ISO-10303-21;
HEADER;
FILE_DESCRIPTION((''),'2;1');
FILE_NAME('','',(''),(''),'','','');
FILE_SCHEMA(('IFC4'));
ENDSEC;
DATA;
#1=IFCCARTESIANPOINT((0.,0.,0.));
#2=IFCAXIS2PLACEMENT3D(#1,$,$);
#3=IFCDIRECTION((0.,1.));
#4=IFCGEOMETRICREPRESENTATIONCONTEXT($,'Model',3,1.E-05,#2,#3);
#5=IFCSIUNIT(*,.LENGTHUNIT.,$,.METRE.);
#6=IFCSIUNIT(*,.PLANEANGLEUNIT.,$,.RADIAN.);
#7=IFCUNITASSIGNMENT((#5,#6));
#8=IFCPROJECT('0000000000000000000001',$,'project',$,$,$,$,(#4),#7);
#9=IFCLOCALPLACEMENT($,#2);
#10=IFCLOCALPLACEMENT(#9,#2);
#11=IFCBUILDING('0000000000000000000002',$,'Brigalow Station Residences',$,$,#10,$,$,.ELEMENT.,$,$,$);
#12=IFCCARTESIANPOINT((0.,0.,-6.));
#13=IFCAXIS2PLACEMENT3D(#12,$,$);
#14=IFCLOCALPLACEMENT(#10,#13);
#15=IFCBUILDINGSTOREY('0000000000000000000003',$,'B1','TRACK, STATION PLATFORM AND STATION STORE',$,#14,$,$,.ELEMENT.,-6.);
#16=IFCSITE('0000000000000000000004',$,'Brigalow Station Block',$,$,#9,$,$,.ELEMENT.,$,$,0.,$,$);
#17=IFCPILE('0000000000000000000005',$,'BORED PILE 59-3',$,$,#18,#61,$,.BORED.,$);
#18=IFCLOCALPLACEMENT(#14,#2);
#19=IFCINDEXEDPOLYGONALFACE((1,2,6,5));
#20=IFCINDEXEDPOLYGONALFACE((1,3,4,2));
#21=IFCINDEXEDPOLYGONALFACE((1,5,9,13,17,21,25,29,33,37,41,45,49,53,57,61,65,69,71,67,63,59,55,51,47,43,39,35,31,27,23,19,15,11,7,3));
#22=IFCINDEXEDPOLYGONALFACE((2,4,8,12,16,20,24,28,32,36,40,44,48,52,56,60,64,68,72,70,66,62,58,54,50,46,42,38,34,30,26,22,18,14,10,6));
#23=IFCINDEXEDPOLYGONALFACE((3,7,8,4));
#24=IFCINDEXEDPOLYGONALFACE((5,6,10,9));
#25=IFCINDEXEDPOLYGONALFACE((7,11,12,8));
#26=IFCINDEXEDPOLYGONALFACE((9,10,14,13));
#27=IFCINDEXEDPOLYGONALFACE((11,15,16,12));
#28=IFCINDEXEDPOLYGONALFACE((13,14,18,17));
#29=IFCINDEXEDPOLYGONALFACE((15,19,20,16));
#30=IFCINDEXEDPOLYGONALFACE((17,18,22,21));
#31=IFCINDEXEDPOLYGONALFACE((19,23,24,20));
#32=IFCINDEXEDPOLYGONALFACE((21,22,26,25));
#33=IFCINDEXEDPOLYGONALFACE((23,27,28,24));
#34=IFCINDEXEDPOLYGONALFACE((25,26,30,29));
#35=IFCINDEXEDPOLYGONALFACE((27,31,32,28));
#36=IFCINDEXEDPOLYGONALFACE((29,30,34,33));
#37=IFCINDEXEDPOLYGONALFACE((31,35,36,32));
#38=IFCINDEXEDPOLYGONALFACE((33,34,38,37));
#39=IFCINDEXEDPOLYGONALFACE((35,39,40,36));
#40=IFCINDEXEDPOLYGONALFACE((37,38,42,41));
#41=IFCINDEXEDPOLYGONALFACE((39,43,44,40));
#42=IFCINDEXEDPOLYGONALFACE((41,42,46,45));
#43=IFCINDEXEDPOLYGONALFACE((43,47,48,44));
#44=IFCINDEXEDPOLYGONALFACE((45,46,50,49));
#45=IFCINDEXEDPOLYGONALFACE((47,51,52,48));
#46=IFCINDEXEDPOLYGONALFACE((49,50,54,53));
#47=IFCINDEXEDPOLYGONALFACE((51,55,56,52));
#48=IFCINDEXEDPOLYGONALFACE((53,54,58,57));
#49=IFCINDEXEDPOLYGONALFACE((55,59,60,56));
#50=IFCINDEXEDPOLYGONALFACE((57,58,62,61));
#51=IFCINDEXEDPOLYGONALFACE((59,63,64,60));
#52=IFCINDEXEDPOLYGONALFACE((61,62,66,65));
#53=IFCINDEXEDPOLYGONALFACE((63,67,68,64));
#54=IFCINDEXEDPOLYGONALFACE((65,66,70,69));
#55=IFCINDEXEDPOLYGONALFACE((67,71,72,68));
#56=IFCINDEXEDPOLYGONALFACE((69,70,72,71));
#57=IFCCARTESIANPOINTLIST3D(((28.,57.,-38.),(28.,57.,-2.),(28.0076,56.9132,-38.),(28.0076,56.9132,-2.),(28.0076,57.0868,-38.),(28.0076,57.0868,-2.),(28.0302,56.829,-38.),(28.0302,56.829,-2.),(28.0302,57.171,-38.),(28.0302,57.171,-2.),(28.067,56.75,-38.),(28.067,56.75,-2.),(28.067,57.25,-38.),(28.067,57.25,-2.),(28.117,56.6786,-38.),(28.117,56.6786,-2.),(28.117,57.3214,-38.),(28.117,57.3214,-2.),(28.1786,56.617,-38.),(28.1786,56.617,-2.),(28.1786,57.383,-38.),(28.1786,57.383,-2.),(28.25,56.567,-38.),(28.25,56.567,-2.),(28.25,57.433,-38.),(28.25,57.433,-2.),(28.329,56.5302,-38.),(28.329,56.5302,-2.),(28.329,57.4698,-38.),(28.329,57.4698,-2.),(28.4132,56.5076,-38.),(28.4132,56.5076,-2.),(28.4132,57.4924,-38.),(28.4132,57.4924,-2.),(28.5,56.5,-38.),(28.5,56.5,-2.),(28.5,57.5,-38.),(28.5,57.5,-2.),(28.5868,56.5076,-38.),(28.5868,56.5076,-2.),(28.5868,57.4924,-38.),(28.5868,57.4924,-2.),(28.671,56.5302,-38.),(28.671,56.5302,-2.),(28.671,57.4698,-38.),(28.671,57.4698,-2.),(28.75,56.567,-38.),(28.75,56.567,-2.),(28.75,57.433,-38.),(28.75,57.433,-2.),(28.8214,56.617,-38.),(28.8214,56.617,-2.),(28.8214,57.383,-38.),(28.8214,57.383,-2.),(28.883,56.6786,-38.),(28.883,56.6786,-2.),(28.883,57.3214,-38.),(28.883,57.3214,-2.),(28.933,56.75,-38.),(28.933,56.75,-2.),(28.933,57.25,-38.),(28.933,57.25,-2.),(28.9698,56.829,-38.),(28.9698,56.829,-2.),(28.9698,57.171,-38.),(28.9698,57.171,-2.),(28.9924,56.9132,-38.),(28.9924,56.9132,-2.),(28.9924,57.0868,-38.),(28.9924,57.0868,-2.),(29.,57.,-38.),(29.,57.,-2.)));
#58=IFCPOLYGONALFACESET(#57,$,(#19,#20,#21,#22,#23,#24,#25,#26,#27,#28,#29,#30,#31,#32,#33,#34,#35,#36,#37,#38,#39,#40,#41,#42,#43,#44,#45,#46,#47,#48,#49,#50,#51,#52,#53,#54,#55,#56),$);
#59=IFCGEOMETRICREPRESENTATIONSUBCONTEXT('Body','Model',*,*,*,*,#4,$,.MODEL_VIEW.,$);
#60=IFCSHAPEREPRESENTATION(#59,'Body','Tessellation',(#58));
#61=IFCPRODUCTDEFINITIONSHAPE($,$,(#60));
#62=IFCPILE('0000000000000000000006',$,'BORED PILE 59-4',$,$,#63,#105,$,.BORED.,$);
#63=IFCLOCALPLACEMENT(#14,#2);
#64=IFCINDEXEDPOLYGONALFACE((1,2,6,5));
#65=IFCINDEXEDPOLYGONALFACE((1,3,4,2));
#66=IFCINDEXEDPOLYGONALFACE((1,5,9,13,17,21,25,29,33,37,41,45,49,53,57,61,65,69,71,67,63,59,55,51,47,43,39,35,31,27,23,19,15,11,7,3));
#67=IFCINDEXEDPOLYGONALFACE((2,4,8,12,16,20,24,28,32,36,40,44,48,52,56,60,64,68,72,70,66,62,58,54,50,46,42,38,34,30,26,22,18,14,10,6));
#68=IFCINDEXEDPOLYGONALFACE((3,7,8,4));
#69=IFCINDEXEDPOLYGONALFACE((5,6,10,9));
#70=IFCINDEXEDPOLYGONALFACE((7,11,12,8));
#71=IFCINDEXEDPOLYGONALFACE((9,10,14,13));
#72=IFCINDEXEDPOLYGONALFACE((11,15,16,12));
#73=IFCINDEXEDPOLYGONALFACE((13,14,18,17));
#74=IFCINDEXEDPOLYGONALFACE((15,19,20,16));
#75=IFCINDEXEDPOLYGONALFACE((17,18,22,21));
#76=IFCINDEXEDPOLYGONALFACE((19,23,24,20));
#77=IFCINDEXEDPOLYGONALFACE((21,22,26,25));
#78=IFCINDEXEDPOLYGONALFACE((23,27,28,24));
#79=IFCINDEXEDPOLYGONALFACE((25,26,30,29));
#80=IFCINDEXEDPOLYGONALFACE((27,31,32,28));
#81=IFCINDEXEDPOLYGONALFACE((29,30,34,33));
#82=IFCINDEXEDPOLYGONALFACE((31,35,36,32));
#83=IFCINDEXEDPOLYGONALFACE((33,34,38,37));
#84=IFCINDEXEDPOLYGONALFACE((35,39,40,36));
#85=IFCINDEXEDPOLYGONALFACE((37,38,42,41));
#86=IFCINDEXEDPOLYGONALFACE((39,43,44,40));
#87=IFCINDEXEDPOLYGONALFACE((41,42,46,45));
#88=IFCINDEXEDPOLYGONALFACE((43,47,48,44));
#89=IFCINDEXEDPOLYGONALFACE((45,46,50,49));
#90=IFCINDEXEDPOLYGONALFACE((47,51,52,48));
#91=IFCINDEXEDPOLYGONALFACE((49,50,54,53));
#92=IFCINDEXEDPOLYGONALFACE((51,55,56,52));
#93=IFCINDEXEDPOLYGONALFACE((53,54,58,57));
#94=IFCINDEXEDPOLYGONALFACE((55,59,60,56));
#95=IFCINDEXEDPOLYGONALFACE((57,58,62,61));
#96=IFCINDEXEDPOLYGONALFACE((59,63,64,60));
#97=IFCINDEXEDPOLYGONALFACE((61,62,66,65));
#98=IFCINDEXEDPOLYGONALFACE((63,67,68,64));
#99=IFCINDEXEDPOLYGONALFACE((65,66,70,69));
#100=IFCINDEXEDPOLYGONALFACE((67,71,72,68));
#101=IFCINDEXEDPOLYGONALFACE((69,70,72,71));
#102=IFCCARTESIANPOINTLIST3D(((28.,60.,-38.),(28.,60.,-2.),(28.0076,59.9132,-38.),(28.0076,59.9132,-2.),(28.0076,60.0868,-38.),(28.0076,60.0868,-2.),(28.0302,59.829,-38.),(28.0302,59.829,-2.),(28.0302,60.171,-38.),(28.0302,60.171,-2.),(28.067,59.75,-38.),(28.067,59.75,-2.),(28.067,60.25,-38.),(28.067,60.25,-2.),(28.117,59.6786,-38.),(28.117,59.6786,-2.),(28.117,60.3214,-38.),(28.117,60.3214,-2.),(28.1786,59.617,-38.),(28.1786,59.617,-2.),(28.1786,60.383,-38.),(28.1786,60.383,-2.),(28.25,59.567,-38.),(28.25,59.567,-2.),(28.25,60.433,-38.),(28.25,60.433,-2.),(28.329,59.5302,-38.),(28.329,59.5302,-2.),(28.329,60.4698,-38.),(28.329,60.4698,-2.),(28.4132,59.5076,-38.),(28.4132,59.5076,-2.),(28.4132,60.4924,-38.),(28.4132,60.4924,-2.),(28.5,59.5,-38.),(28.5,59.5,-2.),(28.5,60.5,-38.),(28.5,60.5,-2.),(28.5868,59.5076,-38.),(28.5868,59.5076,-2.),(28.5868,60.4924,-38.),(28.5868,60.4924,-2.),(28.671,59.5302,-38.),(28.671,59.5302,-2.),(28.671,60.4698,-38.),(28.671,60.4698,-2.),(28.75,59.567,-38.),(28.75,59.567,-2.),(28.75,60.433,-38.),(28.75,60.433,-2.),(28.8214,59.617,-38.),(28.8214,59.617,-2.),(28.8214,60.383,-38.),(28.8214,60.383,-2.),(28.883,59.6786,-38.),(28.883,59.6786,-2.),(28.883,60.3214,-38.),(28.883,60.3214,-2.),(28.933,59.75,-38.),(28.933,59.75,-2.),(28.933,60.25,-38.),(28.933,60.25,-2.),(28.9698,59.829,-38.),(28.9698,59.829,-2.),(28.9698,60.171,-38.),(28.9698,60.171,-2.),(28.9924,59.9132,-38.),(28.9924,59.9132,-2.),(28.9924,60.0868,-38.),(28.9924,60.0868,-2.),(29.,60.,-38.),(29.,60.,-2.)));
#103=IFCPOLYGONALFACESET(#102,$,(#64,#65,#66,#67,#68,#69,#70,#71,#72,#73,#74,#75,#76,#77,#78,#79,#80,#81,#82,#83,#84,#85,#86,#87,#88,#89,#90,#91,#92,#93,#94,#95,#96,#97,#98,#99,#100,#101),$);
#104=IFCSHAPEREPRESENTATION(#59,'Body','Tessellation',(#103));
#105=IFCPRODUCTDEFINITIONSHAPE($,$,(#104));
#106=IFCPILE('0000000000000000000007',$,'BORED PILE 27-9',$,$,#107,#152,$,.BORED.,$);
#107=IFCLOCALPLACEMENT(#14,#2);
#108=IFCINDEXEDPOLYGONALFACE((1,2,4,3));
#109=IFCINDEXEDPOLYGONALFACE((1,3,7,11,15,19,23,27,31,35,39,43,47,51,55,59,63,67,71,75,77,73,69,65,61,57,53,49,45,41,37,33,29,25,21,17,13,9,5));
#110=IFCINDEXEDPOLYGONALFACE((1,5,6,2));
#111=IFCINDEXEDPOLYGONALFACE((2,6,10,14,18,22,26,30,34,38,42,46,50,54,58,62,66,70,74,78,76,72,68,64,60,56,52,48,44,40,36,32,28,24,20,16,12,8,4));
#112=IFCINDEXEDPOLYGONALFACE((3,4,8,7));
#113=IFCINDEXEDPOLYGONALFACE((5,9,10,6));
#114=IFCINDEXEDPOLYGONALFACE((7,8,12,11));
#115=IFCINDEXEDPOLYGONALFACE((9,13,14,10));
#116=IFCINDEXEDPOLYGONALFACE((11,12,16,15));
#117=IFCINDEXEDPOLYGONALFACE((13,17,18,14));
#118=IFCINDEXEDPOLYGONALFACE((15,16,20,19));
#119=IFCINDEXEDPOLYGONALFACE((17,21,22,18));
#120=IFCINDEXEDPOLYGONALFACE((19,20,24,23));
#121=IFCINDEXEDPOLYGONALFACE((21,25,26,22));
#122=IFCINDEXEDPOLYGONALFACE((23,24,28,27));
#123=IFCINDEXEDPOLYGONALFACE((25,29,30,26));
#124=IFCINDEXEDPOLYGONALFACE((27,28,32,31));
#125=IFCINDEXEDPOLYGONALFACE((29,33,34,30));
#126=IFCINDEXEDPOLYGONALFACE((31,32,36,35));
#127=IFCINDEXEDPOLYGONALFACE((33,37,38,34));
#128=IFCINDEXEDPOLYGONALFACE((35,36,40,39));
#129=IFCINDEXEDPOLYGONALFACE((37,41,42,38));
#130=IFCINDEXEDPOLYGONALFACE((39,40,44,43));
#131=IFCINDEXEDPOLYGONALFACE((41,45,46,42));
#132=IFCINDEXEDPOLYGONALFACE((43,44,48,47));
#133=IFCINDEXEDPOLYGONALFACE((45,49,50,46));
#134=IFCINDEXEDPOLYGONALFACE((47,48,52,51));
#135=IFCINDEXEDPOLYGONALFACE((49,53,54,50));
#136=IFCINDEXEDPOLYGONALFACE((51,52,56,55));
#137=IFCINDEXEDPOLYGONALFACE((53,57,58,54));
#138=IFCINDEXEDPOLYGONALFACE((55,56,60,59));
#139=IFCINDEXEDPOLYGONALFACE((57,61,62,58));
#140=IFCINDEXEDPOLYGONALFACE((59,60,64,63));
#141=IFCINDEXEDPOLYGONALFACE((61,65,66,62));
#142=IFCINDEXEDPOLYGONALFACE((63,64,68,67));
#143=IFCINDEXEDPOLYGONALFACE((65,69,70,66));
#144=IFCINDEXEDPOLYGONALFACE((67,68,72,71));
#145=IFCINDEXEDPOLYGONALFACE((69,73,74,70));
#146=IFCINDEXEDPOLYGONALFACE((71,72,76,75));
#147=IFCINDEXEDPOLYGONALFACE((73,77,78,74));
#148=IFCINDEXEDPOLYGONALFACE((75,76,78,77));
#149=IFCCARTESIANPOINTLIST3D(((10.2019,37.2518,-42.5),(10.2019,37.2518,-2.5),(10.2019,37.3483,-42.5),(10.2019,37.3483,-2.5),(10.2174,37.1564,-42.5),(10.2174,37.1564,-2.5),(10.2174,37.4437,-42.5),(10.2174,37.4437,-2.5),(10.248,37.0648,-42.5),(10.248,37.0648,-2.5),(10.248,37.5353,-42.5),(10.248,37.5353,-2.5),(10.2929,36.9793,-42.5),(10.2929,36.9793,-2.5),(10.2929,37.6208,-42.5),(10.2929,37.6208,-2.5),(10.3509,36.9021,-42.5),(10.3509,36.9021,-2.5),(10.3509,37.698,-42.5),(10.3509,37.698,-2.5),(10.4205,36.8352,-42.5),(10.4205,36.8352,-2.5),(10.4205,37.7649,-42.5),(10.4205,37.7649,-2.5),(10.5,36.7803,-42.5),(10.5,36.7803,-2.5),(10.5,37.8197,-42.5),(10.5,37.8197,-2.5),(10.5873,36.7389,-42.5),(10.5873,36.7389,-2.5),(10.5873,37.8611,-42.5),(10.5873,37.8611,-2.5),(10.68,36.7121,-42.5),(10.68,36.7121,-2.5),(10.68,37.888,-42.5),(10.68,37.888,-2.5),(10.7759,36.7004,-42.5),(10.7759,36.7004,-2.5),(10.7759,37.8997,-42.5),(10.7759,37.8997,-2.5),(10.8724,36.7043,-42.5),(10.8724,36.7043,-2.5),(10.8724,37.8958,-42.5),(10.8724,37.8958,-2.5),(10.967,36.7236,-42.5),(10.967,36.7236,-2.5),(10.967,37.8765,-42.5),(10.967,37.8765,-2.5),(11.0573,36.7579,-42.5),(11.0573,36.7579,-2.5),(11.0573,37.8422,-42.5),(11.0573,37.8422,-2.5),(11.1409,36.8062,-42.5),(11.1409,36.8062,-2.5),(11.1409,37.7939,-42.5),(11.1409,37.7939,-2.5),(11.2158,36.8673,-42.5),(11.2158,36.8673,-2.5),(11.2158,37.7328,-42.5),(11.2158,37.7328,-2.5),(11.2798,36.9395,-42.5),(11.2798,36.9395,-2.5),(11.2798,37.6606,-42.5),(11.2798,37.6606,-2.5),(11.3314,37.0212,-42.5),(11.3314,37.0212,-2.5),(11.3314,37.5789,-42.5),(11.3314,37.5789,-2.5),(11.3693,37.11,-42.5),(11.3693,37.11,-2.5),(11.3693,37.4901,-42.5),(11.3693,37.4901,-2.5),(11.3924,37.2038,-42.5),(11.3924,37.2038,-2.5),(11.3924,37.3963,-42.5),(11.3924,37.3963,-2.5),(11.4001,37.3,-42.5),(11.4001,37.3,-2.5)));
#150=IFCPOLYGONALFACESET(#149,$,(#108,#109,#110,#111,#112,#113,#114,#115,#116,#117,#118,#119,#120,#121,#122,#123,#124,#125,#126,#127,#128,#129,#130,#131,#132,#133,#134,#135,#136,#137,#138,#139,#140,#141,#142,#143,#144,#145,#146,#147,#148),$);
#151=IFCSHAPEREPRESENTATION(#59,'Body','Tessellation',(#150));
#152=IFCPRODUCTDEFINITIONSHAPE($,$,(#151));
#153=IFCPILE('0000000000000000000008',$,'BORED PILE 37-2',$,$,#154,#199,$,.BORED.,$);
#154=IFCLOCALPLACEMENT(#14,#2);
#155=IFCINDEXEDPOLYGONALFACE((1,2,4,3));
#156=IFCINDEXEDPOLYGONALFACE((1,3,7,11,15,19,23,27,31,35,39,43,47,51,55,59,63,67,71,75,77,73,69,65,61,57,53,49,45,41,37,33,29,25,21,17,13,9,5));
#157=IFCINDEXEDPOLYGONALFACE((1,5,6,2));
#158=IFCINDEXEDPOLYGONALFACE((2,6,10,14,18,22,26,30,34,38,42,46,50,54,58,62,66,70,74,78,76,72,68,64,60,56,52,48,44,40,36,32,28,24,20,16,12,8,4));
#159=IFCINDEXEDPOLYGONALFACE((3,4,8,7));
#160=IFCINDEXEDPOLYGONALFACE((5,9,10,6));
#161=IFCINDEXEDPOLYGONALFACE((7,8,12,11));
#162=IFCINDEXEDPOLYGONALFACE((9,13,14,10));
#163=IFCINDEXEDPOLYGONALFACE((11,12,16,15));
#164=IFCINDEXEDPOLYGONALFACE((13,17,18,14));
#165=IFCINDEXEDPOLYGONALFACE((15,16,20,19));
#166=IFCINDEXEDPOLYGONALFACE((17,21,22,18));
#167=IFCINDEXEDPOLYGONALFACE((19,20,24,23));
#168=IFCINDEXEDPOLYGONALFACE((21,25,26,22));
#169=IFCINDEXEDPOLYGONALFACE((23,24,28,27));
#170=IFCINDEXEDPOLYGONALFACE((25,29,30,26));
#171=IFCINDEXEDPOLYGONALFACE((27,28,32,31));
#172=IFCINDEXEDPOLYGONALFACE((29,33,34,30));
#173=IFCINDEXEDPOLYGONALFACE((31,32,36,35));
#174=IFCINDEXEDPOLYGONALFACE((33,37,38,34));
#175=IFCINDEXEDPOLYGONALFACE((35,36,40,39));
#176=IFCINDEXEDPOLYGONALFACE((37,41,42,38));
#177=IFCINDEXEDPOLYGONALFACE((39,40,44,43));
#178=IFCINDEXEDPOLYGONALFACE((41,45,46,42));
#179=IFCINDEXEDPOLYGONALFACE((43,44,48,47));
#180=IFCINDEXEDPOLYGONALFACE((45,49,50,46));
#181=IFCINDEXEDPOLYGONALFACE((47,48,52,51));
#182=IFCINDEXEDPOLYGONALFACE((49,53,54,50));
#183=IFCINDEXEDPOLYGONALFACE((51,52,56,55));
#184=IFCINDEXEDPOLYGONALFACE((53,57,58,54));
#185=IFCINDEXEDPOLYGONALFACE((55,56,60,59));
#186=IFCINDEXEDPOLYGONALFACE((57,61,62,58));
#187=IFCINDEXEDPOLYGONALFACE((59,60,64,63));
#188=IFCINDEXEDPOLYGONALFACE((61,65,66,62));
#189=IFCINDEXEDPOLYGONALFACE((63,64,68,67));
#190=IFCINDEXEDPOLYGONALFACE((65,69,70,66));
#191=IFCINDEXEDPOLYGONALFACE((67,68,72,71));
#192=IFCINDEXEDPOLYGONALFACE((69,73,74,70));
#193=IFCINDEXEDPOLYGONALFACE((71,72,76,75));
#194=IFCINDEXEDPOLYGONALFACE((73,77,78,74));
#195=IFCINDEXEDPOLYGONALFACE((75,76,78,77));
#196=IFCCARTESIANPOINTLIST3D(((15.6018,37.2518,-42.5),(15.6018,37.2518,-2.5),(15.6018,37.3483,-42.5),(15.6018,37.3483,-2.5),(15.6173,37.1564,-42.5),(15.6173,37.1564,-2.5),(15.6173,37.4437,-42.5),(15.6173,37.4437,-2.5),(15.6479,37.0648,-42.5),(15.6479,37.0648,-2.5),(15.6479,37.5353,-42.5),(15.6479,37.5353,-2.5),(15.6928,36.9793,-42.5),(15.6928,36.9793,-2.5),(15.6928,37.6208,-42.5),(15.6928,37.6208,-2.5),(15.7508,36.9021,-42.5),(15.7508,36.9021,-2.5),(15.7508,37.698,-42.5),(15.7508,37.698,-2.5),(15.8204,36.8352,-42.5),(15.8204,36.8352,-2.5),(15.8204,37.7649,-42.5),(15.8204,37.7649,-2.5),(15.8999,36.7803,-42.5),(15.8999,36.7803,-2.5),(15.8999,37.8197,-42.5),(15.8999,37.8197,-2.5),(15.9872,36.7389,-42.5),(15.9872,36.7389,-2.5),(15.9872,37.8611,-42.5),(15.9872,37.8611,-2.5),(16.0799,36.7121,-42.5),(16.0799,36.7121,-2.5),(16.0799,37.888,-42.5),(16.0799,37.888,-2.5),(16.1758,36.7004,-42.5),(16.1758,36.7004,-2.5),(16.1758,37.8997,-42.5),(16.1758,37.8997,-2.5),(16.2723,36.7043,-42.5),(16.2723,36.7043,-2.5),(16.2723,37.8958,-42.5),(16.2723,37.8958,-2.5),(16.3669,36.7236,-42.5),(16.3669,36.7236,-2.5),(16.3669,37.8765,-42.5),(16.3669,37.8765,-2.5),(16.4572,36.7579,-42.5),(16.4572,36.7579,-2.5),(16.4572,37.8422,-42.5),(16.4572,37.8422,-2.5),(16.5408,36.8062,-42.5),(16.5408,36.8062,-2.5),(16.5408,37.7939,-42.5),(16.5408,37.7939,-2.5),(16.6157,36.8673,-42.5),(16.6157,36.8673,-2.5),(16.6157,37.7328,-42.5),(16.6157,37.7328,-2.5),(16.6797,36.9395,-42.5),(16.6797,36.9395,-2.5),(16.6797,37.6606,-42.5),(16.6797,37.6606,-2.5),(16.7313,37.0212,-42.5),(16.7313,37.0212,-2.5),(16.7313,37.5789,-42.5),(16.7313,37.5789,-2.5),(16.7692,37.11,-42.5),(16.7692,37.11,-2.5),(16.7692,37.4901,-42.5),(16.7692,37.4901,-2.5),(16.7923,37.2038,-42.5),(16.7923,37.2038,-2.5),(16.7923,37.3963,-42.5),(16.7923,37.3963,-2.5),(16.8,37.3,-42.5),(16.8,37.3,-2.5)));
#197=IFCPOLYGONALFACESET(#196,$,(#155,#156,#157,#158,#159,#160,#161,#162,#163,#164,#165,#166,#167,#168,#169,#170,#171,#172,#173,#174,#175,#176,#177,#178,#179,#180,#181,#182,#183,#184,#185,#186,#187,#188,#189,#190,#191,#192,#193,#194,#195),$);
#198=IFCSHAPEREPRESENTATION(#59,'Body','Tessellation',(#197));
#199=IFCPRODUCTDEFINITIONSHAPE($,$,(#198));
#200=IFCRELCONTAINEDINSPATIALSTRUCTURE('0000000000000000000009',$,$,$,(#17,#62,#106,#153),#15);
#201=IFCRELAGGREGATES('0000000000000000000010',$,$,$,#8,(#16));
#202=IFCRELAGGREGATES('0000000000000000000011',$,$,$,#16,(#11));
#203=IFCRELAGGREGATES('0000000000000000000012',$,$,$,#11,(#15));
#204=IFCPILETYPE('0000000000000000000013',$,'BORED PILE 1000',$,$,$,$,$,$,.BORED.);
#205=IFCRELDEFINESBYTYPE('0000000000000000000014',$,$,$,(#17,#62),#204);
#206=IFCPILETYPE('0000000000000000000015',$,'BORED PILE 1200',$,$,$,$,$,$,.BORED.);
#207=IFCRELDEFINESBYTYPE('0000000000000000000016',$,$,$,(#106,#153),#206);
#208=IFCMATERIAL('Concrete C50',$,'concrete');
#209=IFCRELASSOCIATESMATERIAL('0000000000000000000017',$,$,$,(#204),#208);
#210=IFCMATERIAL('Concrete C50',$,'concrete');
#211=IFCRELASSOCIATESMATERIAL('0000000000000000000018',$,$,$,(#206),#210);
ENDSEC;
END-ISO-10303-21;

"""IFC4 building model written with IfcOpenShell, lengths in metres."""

from ifc_helpers import new_model, si_unit, direction, frame, origin, origin_2d, place, context, subcontext, project, spatial, circle, extrude, material, material_profile, profile_set, type_object, element, save


model = new_model("IFC4")

# Units and contexts
model_context = context("Model", 3, precision=1e-05, world=origin(), true_north=direction((0.0, 1.0)))
body_context = subcontext(model_context, "Body", "Model", "MODEL_VIEW")
ifc_project = project(units=[si_unit("LENGTHUNIT", "METRE"), si_unit("PLANEANGLEUNIT", "RADIAN")], contexts=[model_context])

# Site, building, storey
site_placement = place(None, origin())
site = spatial("IfcSite", under=ifc_project, at=site_placement, Name="Brigalow Station Block", CompositionType="ELEMENT", RefElevation=0.0)
building_placement = place(site_placement, origin())
building = spatial("IfcBuilding", under=site, at=building_placement, Name="Brigalow Station Residences", CompositionType="ELEMENT")
storey_placement = place(building_placement, frame((0.0, 0.0, -6.0)))
storey = spatial("IfcBuildingStorey", under=building, at=storey_placement, Name="B1", Description="TRACK, STATION PLATFORM AND STATION STORE", CompositionType="ELEMENT", Elevation=-6.0)

# Piles
ifc_material_1 = material(Name="Concrete C50", Category="concrete")
ifc_material_profile_1 = material_profile(ifc_material_1, circle(Radius=0.5, at=origin_2d()), Name="BP1000")
ifc_profile_set_1 = profile_set([ifc_material_profile_1], Name="Concrete C50")
pile_type_1 = type_object("IfcPileType", Name="BORED PILE 1000", PredefinedType="BORED", material=ifc_profile_set_1)
for number, where, z_axis, x_axis, name in (
    (1, (28.5, 57.0, -2.0), (0.0, 0.0, -1.0), (1.0, 0.0, 0.0), "BORED PILE 59-3"),
    (2, (28.5, 60.0, -2.0), (0.0, 0.0, -1.0), (1.0, 0.0, 0.0), "BORED PILE 59-4"),
):
    element("IfcPile", number, at=place(storey_placement, frame(where, z_axis=z_axis, x_axis=x_axis)), inside=storey, type_object=pile_type_1, Name=name, PredefinedType="BORED", context=body_context, shape_type="SweptSolid", body=[
        extrude(circle(Radius=0.5, at=origin_2d()), origin(), (0.0, 0.0, 1.0), 36.0),
    ])
ifc_material_2 = material(Name="Concrete C50", Category="concrete")
ifc_material_profile_2 = material_profile(ifc_material_2, circle(Radius=0.6001, at=origin_2d()), Name="BP1200")
ifc_profile_set_2 = profile_set([ifc_material_profile_2], Name="Concrete C50")
pile_type_2 = type_object("IfcPileType", Name="BORED PILE 1200", PredefinedType="BORED", material=ifc_profile_set_2)
for number, where, z_axis, x_axis, name in (
    (3, (10.8, 37.3, -2.5), (0.0, 0.0, -1.0), (1.0, 0.0, 0.0), "BORED PILE 27-9"),
    (4, (16.2, 37.3, -2.5), (0.0, 0.0, -1.0), (1.0, 0.0, 0.0), "BORED PILE 37-2"),
):
    element("IfcPile", number, at=place(storey_placement, frame(where, z_axis=z_axis, x_axis=x_axis)), inside=storey, type_object=pile_type_2, Name=name, PredefinedType="BORED", context=body_context, shape_type="SweptSolid", body=[
        extrude(circle(Radius=0.6001, at=origin_2d()), origin(), (0.0, 0.0, 1.0), 40.0),
    ])

save(model, "model.ifc")
